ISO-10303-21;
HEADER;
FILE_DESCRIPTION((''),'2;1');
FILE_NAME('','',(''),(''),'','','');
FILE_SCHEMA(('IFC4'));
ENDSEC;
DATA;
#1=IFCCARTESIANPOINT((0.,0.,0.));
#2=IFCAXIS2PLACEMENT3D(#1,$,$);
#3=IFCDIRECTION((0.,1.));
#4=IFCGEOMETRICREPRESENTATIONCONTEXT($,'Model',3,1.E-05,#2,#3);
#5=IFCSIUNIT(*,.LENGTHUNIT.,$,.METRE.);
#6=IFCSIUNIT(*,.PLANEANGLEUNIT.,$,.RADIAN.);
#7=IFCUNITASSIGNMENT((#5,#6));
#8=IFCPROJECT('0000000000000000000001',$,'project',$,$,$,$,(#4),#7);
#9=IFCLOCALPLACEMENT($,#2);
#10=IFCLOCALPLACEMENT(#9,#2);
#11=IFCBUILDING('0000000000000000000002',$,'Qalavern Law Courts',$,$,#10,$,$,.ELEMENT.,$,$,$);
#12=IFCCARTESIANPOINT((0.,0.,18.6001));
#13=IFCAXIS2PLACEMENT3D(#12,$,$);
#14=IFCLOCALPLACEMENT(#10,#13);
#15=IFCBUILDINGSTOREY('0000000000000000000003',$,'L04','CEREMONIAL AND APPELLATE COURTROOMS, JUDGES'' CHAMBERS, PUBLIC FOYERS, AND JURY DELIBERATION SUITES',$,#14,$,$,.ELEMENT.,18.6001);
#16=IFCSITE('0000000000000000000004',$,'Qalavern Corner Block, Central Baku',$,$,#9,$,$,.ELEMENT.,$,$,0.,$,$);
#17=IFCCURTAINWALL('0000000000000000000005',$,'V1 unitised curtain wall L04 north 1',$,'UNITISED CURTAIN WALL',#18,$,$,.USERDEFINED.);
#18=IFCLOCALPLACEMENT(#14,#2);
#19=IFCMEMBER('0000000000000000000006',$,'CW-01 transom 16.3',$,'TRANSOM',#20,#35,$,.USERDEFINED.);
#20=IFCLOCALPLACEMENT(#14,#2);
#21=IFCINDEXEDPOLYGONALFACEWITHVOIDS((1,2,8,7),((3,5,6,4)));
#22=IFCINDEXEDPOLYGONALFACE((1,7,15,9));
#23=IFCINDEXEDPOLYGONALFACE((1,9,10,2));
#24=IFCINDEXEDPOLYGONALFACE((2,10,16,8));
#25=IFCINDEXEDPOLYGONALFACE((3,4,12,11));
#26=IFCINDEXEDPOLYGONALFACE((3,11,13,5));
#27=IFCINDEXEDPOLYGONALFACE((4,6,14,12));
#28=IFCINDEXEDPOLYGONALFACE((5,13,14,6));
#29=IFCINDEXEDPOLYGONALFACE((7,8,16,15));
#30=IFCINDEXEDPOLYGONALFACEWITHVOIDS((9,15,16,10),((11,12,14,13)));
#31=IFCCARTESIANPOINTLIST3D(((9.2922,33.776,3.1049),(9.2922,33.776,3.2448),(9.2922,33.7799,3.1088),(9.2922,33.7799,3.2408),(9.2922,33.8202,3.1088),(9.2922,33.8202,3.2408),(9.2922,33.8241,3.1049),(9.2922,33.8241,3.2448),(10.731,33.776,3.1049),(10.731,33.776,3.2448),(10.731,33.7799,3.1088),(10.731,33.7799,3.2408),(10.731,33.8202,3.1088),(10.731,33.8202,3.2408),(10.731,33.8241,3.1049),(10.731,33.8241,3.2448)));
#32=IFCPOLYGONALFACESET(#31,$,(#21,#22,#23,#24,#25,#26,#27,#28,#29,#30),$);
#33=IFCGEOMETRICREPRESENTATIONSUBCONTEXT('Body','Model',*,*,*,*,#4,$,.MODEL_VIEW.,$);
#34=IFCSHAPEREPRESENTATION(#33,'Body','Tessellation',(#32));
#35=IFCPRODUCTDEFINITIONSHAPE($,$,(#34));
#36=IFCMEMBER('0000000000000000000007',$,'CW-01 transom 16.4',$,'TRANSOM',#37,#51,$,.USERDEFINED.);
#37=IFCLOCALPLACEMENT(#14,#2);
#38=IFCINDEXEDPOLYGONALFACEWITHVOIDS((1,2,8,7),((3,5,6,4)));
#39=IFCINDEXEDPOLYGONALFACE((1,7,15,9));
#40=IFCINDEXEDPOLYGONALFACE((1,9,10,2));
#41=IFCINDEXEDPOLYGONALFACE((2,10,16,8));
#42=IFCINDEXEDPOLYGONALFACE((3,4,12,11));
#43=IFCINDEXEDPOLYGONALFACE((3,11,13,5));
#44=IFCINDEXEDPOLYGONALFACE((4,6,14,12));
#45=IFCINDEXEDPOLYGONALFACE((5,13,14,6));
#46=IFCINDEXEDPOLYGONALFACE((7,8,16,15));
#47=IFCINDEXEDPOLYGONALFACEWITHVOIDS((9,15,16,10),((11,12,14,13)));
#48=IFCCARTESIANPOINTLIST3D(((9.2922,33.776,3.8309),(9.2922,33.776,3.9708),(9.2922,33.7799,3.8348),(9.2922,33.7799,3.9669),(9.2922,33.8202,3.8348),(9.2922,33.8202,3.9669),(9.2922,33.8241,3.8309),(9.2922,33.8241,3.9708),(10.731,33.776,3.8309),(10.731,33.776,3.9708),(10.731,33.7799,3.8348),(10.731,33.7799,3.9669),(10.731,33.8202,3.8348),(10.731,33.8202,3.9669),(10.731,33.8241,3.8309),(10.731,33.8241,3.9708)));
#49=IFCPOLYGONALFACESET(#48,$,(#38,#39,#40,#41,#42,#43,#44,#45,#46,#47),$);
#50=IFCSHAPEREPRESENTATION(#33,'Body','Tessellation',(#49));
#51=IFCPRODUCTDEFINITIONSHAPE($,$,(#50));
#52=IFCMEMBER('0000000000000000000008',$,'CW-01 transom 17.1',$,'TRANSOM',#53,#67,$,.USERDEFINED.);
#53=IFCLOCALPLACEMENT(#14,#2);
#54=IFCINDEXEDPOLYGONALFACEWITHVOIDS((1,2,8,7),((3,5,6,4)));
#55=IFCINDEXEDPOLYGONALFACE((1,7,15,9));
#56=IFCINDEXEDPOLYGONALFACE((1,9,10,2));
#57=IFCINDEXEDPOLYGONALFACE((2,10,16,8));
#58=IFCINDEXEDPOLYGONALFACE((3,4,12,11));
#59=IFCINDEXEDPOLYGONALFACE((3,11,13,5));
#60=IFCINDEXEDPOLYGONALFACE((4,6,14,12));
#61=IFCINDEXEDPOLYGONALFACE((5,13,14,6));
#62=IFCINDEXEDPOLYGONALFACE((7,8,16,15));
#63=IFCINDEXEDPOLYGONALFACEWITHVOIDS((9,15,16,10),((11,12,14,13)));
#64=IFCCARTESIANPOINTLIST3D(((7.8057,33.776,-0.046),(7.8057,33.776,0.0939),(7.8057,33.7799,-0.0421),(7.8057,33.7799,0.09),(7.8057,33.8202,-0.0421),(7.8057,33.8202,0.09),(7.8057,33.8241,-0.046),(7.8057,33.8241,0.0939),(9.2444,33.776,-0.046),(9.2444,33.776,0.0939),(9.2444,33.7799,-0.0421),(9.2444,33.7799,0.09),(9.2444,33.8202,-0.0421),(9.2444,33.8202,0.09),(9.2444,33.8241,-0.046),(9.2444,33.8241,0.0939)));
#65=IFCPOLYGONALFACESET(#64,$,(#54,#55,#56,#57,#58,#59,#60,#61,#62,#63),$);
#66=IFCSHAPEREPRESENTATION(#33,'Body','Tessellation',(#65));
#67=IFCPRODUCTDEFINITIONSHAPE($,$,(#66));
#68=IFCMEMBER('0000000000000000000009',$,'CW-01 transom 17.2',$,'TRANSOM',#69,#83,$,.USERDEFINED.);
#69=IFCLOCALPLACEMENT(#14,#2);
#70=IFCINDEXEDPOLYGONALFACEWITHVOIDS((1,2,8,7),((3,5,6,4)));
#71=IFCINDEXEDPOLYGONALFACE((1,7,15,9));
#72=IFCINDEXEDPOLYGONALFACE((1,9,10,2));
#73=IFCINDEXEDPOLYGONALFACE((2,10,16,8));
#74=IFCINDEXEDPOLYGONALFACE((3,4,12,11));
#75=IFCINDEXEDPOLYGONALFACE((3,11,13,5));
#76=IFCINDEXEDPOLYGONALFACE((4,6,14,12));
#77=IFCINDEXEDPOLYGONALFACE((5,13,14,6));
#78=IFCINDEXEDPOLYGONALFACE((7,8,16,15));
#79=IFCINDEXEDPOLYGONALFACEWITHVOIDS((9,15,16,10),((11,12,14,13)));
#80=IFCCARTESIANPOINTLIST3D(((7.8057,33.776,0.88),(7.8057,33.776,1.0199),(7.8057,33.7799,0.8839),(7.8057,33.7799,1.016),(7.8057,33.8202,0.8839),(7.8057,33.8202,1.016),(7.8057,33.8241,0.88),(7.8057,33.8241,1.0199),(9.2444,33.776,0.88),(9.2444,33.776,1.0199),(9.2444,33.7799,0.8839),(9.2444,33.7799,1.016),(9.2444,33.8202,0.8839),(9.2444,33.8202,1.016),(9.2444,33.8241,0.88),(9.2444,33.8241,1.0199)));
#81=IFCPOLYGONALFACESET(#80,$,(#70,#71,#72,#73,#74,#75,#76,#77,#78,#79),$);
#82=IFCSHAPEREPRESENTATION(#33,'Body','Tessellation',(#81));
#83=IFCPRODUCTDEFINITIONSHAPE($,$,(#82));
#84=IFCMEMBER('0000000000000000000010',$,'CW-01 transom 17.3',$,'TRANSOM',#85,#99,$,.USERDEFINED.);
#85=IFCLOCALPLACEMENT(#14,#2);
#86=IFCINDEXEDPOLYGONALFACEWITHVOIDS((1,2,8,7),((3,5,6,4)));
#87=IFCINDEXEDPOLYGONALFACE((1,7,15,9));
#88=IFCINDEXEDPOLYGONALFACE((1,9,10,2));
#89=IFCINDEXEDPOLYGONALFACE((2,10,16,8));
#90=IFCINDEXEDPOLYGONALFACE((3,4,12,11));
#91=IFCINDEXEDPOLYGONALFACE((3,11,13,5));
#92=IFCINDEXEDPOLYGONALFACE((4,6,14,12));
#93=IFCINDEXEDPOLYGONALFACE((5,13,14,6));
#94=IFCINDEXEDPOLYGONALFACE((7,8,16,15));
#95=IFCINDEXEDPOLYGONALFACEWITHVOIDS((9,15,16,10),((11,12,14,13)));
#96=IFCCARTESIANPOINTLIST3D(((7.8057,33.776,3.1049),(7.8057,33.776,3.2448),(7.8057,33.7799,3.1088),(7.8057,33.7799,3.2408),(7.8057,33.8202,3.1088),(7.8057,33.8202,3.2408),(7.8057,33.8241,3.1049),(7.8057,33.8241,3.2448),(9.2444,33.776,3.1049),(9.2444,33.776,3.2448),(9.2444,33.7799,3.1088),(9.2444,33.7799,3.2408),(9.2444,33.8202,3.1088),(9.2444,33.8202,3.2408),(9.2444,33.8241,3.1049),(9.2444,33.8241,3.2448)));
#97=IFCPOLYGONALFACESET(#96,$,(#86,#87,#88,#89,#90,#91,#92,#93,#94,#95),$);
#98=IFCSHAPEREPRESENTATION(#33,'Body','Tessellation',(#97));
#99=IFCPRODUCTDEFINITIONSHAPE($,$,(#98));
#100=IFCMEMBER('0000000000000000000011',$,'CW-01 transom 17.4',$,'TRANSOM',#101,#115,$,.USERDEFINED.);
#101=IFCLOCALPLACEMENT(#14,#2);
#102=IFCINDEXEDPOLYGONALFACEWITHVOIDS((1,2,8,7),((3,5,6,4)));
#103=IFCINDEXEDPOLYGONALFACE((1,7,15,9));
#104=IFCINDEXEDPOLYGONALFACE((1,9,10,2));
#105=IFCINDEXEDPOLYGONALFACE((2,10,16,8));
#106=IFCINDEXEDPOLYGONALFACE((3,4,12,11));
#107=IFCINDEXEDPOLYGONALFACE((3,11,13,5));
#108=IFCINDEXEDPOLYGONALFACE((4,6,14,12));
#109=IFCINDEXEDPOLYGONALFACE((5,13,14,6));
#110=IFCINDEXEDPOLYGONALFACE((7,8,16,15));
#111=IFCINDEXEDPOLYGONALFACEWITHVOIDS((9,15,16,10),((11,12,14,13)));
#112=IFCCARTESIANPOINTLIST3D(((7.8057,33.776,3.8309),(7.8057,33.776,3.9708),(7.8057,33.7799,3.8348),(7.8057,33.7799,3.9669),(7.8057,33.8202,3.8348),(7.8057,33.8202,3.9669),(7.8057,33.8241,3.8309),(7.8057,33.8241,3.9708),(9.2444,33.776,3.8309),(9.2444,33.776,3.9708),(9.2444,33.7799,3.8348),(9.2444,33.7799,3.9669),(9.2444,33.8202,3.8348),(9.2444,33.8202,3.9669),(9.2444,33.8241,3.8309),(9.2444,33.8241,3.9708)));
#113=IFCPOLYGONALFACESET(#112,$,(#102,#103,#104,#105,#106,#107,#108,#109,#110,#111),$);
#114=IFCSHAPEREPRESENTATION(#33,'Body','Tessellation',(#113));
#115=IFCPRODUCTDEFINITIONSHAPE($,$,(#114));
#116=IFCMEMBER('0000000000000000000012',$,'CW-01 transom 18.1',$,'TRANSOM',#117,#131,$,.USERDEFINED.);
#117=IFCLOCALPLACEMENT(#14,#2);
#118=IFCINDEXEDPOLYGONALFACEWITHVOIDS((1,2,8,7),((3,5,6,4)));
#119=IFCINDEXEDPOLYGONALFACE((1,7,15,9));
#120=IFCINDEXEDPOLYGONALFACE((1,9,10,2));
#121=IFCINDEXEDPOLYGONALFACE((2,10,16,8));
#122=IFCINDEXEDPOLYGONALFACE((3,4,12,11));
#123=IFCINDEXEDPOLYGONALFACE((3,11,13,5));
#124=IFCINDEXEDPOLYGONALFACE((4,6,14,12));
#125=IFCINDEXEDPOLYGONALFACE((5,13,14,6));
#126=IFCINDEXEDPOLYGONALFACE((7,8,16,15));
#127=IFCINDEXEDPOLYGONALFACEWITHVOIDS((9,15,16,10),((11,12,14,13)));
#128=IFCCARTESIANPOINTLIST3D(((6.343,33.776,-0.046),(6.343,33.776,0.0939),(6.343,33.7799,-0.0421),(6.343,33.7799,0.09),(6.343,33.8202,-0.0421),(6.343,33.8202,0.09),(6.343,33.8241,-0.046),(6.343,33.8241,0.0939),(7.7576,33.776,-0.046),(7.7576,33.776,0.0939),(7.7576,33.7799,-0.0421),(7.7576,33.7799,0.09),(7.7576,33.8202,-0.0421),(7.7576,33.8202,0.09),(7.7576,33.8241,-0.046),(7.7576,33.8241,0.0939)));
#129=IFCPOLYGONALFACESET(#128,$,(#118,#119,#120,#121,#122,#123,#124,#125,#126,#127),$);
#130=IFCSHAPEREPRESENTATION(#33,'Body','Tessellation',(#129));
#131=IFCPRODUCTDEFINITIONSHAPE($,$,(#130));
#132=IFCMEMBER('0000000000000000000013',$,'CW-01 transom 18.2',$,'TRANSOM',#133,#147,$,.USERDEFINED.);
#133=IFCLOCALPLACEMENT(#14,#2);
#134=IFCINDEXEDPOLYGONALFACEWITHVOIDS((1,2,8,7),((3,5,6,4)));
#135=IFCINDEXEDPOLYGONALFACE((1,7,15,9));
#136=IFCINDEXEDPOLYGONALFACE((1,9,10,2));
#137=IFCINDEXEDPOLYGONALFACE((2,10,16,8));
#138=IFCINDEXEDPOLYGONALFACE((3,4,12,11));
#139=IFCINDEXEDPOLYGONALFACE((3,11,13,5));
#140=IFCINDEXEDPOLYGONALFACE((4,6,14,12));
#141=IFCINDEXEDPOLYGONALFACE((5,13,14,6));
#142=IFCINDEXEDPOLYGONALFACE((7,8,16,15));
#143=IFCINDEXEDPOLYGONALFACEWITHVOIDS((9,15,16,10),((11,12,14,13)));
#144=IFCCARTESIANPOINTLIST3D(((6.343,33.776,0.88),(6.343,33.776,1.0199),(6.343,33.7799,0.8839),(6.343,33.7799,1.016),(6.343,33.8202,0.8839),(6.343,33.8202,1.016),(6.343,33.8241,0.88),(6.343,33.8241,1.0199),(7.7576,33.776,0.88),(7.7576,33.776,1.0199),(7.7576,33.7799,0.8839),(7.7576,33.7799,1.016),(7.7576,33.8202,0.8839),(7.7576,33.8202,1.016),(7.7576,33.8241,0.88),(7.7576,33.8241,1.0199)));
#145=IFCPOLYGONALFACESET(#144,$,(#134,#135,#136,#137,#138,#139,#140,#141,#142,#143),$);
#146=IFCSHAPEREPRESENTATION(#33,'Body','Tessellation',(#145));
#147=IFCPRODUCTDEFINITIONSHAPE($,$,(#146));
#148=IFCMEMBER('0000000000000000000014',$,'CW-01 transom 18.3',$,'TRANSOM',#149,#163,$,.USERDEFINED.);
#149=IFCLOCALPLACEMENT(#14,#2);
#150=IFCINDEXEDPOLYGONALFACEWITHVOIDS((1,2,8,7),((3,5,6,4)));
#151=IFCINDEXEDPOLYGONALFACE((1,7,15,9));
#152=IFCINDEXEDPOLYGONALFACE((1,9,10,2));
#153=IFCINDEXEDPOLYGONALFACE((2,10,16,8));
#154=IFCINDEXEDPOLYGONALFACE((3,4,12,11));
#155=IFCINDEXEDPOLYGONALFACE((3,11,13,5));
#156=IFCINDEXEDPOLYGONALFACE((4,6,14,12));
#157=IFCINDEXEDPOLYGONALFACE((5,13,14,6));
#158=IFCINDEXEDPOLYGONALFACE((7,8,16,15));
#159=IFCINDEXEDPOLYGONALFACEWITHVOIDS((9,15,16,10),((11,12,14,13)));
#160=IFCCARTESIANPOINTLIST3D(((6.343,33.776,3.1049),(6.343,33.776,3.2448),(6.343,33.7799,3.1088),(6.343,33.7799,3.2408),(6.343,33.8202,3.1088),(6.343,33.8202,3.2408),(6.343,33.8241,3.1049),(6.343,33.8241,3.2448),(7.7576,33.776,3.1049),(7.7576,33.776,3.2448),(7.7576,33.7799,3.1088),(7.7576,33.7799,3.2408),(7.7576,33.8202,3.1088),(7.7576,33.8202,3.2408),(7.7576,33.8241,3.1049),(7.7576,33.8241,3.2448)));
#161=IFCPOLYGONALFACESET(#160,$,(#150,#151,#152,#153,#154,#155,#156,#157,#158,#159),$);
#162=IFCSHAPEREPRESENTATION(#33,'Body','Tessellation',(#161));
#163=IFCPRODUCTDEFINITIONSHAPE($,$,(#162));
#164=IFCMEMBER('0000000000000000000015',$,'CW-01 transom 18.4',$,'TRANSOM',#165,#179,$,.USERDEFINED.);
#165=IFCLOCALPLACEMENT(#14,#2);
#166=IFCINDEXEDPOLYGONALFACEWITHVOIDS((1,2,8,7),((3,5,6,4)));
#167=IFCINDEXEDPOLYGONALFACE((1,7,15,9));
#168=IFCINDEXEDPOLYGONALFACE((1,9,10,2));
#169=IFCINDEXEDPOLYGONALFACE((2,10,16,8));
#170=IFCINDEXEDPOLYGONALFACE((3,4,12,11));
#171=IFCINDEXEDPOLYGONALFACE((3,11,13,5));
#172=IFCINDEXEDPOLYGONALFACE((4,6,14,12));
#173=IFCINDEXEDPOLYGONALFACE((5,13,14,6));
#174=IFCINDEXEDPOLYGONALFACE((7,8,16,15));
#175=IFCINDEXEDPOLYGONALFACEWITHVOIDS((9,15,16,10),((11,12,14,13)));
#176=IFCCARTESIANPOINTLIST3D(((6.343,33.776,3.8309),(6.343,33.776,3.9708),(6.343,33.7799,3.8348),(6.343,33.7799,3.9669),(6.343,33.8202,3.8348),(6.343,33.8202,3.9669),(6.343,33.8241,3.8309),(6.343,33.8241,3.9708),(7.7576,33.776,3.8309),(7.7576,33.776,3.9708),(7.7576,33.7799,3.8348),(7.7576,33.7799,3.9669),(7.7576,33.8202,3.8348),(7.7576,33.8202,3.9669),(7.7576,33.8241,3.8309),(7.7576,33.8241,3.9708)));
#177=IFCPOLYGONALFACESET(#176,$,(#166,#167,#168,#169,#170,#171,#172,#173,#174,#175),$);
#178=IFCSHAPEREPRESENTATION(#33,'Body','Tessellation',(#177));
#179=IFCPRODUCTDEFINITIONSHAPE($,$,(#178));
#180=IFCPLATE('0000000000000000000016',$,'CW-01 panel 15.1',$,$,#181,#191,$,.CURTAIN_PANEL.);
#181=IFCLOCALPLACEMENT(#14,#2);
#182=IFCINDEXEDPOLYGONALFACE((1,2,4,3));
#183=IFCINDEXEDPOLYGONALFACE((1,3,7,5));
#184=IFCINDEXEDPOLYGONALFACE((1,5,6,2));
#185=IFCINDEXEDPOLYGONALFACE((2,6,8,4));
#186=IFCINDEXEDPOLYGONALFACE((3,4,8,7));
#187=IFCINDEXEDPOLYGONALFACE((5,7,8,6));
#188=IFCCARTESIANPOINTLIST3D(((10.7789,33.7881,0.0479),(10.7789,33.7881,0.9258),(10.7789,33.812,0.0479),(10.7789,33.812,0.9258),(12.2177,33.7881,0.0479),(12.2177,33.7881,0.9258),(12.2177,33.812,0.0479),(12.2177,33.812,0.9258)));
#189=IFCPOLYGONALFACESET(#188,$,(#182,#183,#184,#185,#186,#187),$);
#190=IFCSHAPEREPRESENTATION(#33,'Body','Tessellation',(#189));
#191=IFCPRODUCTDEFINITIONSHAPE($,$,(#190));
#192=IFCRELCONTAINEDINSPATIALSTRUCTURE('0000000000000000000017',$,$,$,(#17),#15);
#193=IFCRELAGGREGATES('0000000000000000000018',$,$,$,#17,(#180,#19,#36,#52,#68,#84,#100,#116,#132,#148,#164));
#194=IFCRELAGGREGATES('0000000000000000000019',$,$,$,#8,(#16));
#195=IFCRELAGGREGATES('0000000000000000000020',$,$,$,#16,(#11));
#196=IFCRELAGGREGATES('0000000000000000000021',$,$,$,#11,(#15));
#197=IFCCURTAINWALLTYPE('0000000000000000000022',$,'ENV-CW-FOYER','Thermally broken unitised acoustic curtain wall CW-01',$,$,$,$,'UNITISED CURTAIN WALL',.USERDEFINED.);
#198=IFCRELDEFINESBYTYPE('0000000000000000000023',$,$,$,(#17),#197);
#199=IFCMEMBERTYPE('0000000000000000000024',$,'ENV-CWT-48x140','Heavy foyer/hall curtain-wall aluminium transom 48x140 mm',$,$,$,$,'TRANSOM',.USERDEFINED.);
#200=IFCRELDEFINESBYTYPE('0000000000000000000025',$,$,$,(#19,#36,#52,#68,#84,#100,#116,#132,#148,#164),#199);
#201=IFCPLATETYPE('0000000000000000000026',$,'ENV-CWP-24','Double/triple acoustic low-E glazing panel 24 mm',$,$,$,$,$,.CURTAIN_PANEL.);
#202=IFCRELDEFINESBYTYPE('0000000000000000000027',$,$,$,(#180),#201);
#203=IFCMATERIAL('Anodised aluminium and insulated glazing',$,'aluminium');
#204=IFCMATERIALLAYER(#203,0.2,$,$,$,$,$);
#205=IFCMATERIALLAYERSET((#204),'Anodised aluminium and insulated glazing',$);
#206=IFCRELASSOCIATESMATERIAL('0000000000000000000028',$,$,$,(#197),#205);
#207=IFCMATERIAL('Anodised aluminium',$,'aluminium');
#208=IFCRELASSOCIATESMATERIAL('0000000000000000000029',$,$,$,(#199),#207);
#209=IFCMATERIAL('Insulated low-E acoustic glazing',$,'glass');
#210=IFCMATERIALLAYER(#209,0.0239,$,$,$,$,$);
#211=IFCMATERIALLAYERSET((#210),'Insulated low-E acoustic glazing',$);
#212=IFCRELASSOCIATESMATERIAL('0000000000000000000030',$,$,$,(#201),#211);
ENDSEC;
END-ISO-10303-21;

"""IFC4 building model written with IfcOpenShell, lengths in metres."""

from ifc_helpers import new_model, si_unit, direction, frame, origin, origin_2d, place, context, subcontext, project, spatial, rectangle, hollow_rectangle, extrude, material, layer, layer_set, material_profile, profile_set, type_object, element, aggregate, save


model = new_model("IFC4")

# Units and contexts
model_context = context("Model", 3, precision=1e-05, world=origin(), true_north=direction((0.0, 1.0)))
body_context = subcontext(model_context, "Body", "Model", "MODEL_VIEW")
ifc_project = project(units=[si_unit("LENGTHUNIT", "METRE"), si_unit("PLANEANGLEUNIT", "RADIAN")], contexts=[model_context])

# Site, building, storey
site_placement = place(None, origin())
site = spatial("IfcSite", under=ifc_project, at=site_placement, Name="Qalavern Corner Block, Central Baku", CompositionType="ELEMENT", RefElevation=0.0)
building_placement = place(site_placement, origin())
building = spatial("IfcBuilding", under=site, at=building_placement, Name="Qalavern Law Courts", CompositionType="ELEMENT")
storey_placement = place(building_placement, frame((0.0, 0.0, 18.6001)))
storey = spatial("IfcBuildingStorey", under=building, at=storey_placement, Name="L04", Description="CEREMONIAL AND APPELLATE COURTROOMS, JUDGES' CHAMBERS, PUBLIC FOYERS, AND JURY DELIBERATION SUITES", CompositionType="ELEMENT", Elevation=18.6001)

# Shared definitions
ifc_material_1 = material(Name="Anodised aluminium and insulated glazing", Category="aluminium")
ifc_material_2 = material(Name="Anodised aluminium", Category="aluminium")

# Curtain wall
ifc_layer_1 = layer(ifc_material_1, 0.2)
ifc_layer_set_1 = layer_set([ifc_layer_1], Name="Anodised aluminium and insulated glazing")
curtain_wall_type_1 = type_object("IfcCurtainWallType", Name="ENV-CW-FOYER", Description="Thermally broken unitised acoustic curtain wall CW-01", ElementType="UNITISED CURTAIN WALL", PredefinedType="USERDEFINED", material=ifc_layer_set_1)
curtain_wall_1_placement = place(storey_placement, origin())
curtain_wall_1 = element("IfcCurtainWall", 1, at=curtain_wall_1_placement, inside=storey, type_object=curtain_wall_type_1, Name="V1 unitised curtain wall L04 north 1", ObjectType="UNITISED CURTAIN WALL", PredefinedType="USERDEFINED")

# Members
ifc_material_profile_1 = material_profile(ifc_material_2, hollow_rectangle(XDim=0.0481, YDim=0.1399, WallThickness=0.0039, at=origin_2d()), Name="ALU TRANSOM 48x140")
ifc_profile_set_1 = profile_set([ifc_material_profile_1], Name="Anodised aluminium")
member_type_1 = type_object("IfcMemberType", Name="ENV-CWT-48x140", Description="Heavy foyer/hall curtain-wall aluminium transom 48x140 mm", ElementType="TRANSOM", PredefinedType="USERDEFINED", material=ifc_profile_set_1)
member_1_placement = place(storey_placement, frame((10.731, 33.8, 3.1748), z_axis=(-1.0, 0.0, 0.0), x_axis=(0.0, -1.0, 0.0)))
member_1 = element("IfcMember", 2, at=member_1_placement, type_object=member_type_1, Name="CW-01 transom 16.3", ObjectType="TRANSOM", PredefinedType="USERDEFINED", context=body_context, shape_type="SweptSolid", body=[
    extrude(hollow_rectangle(XDim=0.0481, YDim=0.1399, WallThickness=0.0039, at=origin_2d()), origin(), (0.0, 0.0, 1.0), 1.4387),
])
member_2_placement = place(storey_placement, frame((10.731, 33.8, 3.9009), z_axis=(-1.0, 0.0, 0.0), x_axis=(0.0, -1.0, 0.0)))
member_2 = element("IfcMember", 3, at=member_2_placement, type_object=member_type_1, Name="CW-01 transom 16.4", ObjectType="TRANSOM", PredefinedType="USERDEFINED", context=body_context, shape_type="SweptSolid", body=[
    extrude(hollow_rectangle(XDim=0.0481, YDim=0.1399, WallThickness=0.0039, at=origin_2d()), origin(), (0.0, 0.0, 1.0), 1.4387),
])
member_3_placement = place(storey_placement, frame((9.2444, 33.8, 0.0239), z_axis=(-1.0, 0.0, 0.0), x_axis=(0.0, -1.0, 0.0)))
member_3 = element("IfcMember", 4, at=member_3_placement, type_object=member_type_1, Name="CW-01 transom 17.1", ObjectType="TRANSOM", PredefinedType="USERDEFINED", context=body_context, shape_type="SweptSolid", body=[
    extrude(hollow_rectangle(XDim=0.0481, YDim=0.1399, WallThickness=0.0039, at=origin_2d()), origin(), (0.0, 0.0, 1.0), 1.4387),
])
member_4_placement = place(storey_placement, frame((9.2444, 33.8, 0.95), z_axis=(-1.0, 0.0, 0.0), x_axis=(0.0, -1.0, 0.0)))
member_4 = element("IfcMember", 5, at=member_4_placement, type_object=member_type_1, Name="CW-01 transom 17.2", ObjectType="TRANSOM", PredefinedType="USERDEFINED", context=body_context, shape_type="SweptSolid", body=[
    extrude(hollow_rectangle(XDim=0.0481, YDim=0.1399, WallThickness=0.0039, at=origin_2d()), origin(), (0.0, 0.0, 1.0), 1.4387),
])
member_5_placement = place(storey_placement, frame((9.2444, 33.8, 3.1748), z_axis=(-1.0, 0.0, 0.0), x_axis=(0.0, -1.0, 0.0)))
member_5 = element("IfcMember", 6, at=member_5_placement, type_object=member_type_1, Name="CW-01 transom 17.3", ObjectType="TRANSOM", PredefinedType="USERDEFINED", context=body_context, shape_type="SweptSolid", body=[
    extrude(hollow_rectangle(XDim=0.0481, YDim=0.1399, WallThickness=0.0039, at=origin_2d()), origin(), (0.0, 0.0, 1.0), 1.4387),
])
member_6_placement = place(storey_placement, frame((9.2444, 33.8, 3.9009), z_axis=(-1.0, 0.0, 0.0), x_axis=(0.0, -1.0, 0.0)))
member_6 = element("IfcMember", 7, at=member_6_placement, type_object=member_type_1, Name="CW-01 transom 17.4", ObjectType="TRANSOM", PredefinedType="USERDEFINED", context=body_context, shape_type="SweptSolid", body=[
    extrude(hollow_rectangle(XDim=0.0481, YDim=0.1399, WallThickness=0.0039, at=origin_2d()), origin(), (0.0, 0.0, 1.0), 1.4387),
])
member_7_placement = place(storey_placement, frame((7.7576, 33.8, 0.0239), z_axis=(-1.0, 0.0, 0.0), x_axis=(0.0, -1.0, 0.0)))
member_7 = element("IfcMember", 8, at=member_7_placement, type_object=member_type_1, Name="CW-01 transom 18.1", ObjectType="TRANSOM", PredefinedType="USERDEFINED", context=body_context, shape_type="SweptSolid", body=[
    extrude(hollow_rectangle(XDim=0.0481, YDim=0.1399, WallThickness=0.0039, at=origin_2d()), origin(), (0.0, 0.0, 1.0), 1.4146),
])
member_8_placement = place(storey_placement, frame((7.7576, 33.8, 0.95), z_axis=(-1.0, 0.0, 0.0), x_axis=(0.0, -1.0, 0.0)))
member_8 = element("IfcMember", 9, at=member_8_placement, type_object=member_type_1, Name="CW-01 transom 18.2", ObjectType="TRANSOM", PredefinedType="USERDEFINED", context=body_context, shape_type="SweptSolid", body=[
    extrude(hollow_rectangle(XDim=0.0481, YDim=0.1399, WallThickness=0.0039, at=origin_2d()), origin(), (0.0, 0.0, 1.0), 1.4146),
])
member_9_placement = place(storey_placement, frame((7.7576, 33.8, 3.1748), z_axis=(-1.0, 0.0, 0.0), x_axis=(0.0, -1.0, 0.0)))
member_9 = element("IfcMember", 10, at=member_9_placement, type_object=member_type_1, Name="CW-01 transom 18.3", ObjectType="TRANSOM", PredefinedType="USERDEFINED", context=body_context, shape_type="SweptSolid", body=[
    extrude(hollow_rectangle(XDim=0.0481, YDim=0.1399, WallThickness=0.0039, at=origin_2d()), origin(), (0.0, 0.0, 1.0), 1.4146),
])
member_10_placement = place(storey_placement, frame((7.7576, 33.8, 3.9009), z_axis=(-1.0, 0.0, 0.0), x_axis=(0.0, -1.0, 0.0)))
member_10 = element("IfcMember", 11, at=member_10_placement, type_object=member_type_1, Name="CW-01 transom 18.4", ObjectType="TRANSOM", PredefinedType="USERDEFINED", context=body_context, shape_type="SweptSolid", body=[
    extrude(hollow_rectangle(XDim=0.0481, YDim=0.1399, WallThickness=0.0039, at=origin_2d()), origin(), (0.0, 0.0, 1.0), 1.4146),
])

# Plate
ifc_material_3 = material(Name="Insulated low-E acoustic glazing", Category="glass")
ifc_layer_2 = layer(ifc_material_3, 0.0239)
ifc_layer_set_2 = layer_set([ifc_layer_2], Name="Insulated low-E acoustic glazing")
plate_type = type_object("IfcPlateType", Name="ENV-CWP-24", Description="Double/triple acoustic low-E glazing panel 24 mm", PredefinedType="CURTAIN_PANEL", material=ifc_layer_set_2)
plate_1_placement = place(storey_placement, frame((11.4983, 33.8, 0.0479), z_axis=(0.0, 0.0, 1.0), x_axis=(-1.0, 0.0, 0.0)))
plate_1 = element("IfcPlate", 12, at=plate_1_placement, type_object=plate_type, Name="CW-01 panel 15.1", PredefinedType="CURTAIN_PANEL", context=body_context, shape_type="SweptSolid", body=[
    extrude(rectangle(XDim=1.4387, YDim=0.0239, at=origin_2d()), origin(), (0.0, 0.0, 1.0), 0.8779),
])
aggregate(curtain_wall_1, [plate_1, member_1, member_2, member_3, member_4, member_5, member_6, member_7, member_8, member_9, member_10])

save(model, "model.ifc")
